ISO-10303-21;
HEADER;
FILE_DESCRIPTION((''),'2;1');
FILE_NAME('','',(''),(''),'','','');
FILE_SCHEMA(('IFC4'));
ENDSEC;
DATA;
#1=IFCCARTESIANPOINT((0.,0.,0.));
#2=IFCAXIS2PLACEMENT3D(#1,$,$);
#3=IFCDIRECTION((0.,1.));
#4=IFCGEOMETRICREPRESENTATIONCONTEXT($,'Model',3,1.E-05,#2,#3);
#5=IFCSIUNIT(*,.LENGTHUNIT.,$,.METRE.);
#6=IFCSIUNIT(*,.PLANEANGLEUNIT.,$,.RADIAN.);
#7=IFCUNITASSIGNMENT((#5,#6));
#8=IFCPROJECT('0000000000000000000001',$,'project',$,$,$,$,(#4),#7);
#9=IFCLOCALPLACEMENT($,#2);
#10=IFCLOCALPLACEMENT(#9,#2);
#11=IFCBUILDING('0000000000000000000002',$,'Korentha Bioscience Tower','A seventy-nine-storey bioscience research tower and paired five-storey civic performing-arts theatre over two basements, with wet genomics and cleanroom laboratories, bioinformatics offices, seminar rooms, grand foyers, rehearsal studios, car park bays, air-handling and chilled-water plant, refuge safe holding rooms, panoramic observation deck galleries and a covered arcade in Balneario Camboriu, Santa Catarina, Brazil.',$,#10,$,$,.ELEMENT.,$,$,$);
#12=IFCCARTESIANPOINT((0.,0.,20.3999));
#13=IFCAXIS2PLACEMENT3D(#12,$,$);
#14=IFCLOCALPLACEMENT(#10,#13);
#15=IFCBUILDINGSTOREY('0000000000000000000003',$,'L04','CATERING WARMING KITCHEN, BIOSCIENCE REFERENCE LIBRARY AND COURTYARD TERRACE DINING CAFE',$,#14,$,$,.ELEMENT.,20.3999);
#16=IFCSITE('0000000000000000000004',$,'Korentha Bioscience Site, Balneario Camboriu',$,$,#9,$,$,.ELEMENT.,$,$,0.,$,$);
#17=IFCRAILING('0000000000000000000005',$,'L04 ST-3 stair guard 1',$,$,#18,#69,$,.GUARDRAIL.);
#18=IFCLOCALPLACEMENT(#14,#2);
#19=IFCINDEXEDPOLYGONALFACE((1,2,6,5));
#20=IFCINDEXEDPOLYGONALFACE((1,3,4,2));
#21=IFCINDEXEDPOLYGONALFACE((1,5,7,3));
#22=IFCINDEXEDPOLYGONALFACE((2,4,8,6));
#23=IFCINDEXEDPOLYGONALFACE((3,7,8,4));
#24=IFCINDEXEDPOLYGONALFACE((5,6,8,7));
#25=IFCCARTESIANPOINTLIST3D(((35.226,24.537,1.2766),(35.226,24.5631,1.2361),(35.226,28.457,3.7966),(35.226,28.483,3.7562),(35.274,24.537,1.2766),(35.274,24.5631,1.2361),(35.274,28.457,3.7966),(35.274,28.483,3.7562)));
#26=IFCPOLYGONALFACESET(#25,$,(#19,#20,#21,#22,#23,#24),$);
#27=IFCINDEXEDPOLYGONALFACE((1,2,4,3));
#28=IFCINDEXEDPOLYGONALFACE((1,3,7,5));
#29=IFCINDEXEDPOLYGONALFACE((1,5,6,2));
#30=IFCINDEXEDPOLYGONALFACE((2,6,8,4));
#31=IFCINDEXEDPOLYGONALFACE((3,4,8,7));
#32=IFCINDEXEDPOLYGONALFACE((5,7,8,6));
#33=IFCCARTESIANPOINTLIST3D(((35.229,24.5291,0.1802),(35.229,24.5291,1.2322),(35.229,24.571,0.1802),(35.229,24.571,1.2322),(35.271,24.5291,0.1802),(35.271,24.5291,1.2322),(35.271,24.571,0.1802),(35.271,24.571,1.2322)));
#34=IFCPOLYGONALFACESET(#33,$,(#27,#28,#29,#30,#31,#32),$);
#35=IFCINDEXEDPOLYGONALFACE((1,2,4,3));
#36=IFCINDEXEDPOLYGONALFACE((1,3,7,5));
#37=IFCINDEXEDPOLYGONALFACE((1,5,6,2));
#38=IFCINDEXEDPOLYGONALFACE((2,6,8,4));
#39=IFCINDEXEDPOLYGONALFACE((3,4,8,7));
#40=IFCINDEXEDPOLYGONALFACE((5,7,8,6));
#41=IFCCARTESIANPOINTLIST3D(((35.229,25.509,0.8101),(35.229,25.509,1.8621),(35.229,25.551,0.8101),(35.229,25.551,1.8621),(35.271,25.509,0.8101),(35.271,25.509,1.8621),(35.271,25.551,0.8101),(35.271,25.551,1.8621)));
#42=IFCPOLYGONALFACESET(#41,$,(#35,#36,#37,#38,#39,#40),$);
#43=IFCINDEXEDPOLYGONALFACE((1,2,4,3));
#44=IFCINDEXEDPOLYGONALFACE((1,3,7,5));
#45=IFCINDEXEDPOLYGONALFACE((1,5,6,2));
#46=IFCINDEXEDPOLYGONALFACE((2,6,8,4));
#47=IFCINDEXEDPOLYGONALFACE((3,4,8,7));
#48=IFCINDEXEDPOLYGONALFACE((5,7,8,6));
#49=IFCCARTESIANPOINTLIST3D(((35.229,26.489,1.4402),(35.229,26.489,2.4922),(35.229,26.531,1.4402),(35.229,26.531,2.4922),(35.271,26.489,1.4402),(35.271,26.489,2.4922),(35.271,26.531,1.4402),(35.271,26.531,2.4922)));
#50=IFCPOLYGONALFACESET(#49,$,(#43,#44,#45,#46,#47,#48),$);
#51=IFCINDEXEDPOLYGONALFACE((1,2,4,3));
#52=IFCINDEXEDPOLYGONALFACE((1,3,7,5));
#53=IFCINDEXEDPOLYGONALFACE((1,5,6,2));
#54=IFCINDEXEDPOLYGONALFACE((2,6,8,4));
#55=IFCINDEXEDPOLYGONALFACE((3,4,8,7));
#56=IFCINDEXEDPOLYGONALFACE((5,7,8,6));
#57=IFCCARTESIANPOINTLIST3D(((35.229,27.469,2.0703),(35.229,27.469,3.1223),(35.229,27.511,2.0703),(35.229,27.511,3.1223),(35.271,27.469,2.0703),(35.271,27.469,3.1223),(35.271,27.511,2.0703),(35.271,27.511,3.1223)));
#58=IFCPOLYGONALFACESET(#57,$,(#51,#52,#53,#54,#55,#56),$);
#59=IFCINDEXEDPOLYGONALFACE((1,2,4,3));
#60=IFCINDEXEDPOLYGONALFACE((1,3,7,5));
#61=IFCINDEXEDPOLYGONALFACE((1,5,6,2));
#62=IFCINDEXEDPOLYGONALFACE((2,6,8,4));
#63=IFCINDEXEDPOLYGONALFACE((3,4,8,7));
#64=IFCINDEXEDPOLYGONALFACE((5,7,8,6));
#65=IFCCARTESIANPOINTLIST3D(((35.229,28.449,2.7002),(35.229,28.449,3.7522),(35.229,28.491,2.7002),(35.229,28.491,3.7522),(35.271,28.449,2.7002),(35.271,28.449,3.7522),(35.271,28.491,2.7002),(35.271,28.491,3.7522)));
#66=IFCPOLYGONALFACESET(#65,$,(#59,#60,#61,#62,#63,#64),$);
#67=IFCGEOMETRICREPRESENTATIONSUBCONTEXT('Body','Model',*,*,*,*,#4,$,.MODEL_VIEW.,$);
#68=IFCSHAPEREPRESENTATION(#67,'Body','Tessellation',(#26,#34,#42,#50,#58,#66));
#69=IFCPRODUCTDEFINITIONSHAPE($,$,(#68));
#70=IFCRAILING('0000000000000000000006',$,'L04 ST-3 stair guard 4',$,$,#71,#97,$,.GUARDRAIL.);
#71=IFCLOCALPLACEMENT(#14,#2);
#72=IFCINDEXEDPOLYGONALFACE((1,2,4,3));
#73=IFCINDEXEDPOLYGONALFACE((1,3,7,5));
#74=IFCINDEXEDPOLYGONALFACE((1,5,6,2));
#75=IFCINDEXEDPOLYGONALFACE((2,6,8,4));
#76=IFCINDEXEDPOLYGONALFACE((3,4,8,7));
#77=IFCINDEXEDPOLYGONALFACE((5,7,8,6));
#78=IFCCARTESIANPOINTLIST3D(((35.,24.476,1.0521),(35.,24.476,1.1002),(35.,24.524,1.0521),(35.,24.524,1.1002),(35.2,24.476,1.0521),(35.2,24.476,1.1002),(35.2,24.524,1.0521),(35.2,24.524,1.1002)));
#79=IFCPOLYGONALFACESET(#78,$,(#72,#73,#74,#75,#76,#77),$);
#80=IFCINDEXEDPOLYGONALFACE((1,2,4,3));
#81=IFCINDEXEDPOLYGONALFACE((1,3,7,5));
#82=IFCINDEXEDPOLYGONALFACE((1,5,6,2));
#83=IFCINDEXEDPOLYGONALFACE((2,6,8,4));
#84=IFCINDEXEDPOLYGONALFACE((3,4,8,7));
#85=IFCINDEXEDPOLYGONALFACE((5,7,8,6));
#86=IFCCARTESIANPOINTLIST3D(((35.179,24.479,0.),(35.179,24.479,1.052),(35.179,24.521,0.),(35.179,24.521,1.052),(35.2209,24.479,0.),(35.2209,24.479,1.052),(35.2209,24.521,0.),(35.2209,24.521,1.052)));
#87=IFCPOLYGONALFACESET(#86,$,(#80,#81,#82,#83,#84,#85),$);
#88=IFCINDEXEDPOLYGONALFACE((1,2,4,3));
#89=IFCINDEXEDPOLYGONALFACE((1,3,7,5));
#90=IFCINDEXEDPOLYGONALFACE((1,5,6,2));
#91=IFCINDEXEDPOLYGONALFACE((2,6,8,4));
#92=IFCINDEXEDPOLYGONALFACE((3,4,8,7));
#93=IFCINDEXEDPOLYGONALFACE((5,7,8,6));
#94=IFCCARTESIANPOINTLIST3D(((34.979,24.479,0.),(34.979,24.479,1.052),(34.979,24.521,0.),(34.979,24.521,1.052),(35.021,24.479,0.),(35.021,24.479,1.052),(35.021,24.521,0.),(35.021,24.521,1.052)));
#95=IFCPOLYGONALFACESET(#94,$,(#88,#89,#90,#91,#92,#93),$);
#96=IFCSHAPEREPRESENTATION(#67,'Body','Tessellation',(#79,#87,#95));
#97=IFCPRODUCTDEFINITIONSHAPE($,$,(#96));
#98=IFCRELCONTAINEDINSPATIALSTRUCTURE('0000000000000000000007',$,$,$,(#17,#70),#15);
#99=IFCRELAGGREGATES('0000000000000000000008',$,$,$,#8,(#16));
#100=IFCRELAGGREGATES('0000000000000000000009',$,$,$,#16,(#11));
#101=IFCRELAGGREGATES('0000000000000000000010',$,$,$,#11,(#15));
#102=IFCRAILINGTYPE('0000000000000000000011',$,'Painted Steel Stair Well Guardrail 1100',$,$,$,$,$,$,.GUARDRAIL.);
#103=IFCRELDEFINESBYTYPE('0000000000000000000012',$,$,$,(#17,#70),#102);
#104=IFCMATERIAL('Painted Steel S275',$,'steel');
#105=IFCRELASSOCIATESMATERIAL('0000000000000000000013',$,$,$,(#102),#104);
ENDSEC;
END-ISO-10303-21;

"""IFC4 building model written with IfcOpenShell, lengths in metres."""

from ifc_helpers import new_model, si_unit, direction, frame, origin, origin_2d, place, context, subcontext, project, spatial, rectangle, extrude, material, type_object, element, save


model = new_model("IFC4")

# Units and contexts
model_context = context("Model", 3, precision=1e-05, world=origin(), true_north=direction((0.0, 1.0)))
body_context = subcontext(model_context, "Body", "Model", "MODEL_VIEW")
ifc_project = project(units=[si_unit("LENGTHUNIT", "METRE"), si_unit("PLANEANGLEUNIT", "RADIAN")], contexts=[model_context])

# Site, building, storey
site_placement = place(None, origin())
site = spatial("IfcSite", under=ifc_project, at=site_placement, Name="Korentha Bioscience Site, Balneario Camboriu", CompositionType="ELEMENT", RefElevation=0.0)
building_placement = place(site_placement, origin())
building = spatial("IfcBuilding", under=site, at=building_placement, Name="Korentha Bioscience Tower", Description="A seventy-nine-storey bioscience research tower and paired five-storey civic performing-arts theatre over two basements, with wet genomics and cleanroom laboratories, bioinformatics offices, seminar rooms, grand foyers, rehearsal studios, car park bays, air-handling and chilled-water plant, refuge safe holding rooms, panoramic observation deck galleries and a covered arcade in Balneario Camboriu, Santa Catarina, Brazil.", CompositionType="ELEMENT")
storey_placement = place(building_placement, frame((0.0, 0.0, 20.3999)))
storey = spatial("IfcBuildingStorey", under=building, at=storey_placement, Name="L04", Description="CATERING WARMING KITCHEN, BIOSCIENCE REFERENCE LIBRARY AND COURTYARD TERRACE DINING CAFE", CompositionType="ELEMENT", Elevation=20.3999)

# Railings
ifc_material_1 = material(Name="Painted Steel S275", Category="steel")
railing_type_1 = type_object("IfcRailingType", Name="Painted Steel Stair Well Guardrail 1100", PredefinedType="GUARDRAIL", material=ifc_material_1)
railing_1_placement = place(storey_placement, frame((35.25, 24.55, 0.1802)))
element("IfcRailing", 1, at=railing_1_placement, inside=storey, type_object=railing_type_1, Name="L04 ST-3 stair guard 1", PredefinedType="GUARDRAIL", context=body_context, shape_type="SweptSolid", body=[
    extrude(rectangle(XDim=0.0481, YDim=0.0481, at=origin_2d()), frame((0.0, 0.0, 1.0762), z_axis=(0.0, 0.841172, 0.540768), x_axis=(-1.0, 0.0, 0.0)), (0.0, 0.0, 1.0), 4.6602),
    extrude(rectangle(XDim=0.042, YDim=0.042, at=origin_2d()), origin(), (0.0, 0.0, 1.0), 1.052),
    extrude(rectangle(XDim=0.042, YDim=0.042, at=origin_2d()), frame((0.0, 0.98, 0.6299)), (0.0, 0.0, 1.0), 1.052),
    extrude(rectangle(XDim=0.042, YDim=0.042, at=origin_2d()), frame((0.0, 1.96, 1.26)), (0.0, 0.0, 1.0), 1.052),
    extrude(rectangle(XDim=0.042, YDim=0.042, at=origin_2d()), frame((0.0, 2.9399, 1.8901)), (0.0, 0.0, 1.0), 1.052),
    extrude(rectangle(XDim=0.042, YDim=0.042, at=origin_2d()), frame((0.0, 3.9199, 2.52)), (0.0, 0.0, 1.0), 1.052),
])
railing_2_placement = place(storey_placement, frame((35.2, 24.5, 0.0)))
element("IfcRailing", 2, at=railing_2_placement, inside=storey, type_object=railing_type_1, Name="L04 ST-3 stair guard 4", PredefinedType="GUARDRAIL", context=body_context, shape_type="SweptSolid", body=[
    extrude(rectangle(XDim=0.0481, YDim=0.0481, at=origin_2d()), frame((0.0, 0.0, 1.0762), z_axis=(-1.0, 0.0, 0.0), x_axis=(0.0, -1.0, 0.0)), (0.0, 0.0, 1.0), 0.2),
    extrude(rectangle(XDim=0.042, YDim=0.042, at=origin_2d()), origin(), (0.0, 0.0, 1.0), 1.052),
    extrude(rectangle(XDim=0.042, YDim=0.042, at=origin_2d()), frame((-0.2, 0.0, 0.0)), (0.0, 0.0, 1.0), 1.052),
])

save(model, "model.ifc")
